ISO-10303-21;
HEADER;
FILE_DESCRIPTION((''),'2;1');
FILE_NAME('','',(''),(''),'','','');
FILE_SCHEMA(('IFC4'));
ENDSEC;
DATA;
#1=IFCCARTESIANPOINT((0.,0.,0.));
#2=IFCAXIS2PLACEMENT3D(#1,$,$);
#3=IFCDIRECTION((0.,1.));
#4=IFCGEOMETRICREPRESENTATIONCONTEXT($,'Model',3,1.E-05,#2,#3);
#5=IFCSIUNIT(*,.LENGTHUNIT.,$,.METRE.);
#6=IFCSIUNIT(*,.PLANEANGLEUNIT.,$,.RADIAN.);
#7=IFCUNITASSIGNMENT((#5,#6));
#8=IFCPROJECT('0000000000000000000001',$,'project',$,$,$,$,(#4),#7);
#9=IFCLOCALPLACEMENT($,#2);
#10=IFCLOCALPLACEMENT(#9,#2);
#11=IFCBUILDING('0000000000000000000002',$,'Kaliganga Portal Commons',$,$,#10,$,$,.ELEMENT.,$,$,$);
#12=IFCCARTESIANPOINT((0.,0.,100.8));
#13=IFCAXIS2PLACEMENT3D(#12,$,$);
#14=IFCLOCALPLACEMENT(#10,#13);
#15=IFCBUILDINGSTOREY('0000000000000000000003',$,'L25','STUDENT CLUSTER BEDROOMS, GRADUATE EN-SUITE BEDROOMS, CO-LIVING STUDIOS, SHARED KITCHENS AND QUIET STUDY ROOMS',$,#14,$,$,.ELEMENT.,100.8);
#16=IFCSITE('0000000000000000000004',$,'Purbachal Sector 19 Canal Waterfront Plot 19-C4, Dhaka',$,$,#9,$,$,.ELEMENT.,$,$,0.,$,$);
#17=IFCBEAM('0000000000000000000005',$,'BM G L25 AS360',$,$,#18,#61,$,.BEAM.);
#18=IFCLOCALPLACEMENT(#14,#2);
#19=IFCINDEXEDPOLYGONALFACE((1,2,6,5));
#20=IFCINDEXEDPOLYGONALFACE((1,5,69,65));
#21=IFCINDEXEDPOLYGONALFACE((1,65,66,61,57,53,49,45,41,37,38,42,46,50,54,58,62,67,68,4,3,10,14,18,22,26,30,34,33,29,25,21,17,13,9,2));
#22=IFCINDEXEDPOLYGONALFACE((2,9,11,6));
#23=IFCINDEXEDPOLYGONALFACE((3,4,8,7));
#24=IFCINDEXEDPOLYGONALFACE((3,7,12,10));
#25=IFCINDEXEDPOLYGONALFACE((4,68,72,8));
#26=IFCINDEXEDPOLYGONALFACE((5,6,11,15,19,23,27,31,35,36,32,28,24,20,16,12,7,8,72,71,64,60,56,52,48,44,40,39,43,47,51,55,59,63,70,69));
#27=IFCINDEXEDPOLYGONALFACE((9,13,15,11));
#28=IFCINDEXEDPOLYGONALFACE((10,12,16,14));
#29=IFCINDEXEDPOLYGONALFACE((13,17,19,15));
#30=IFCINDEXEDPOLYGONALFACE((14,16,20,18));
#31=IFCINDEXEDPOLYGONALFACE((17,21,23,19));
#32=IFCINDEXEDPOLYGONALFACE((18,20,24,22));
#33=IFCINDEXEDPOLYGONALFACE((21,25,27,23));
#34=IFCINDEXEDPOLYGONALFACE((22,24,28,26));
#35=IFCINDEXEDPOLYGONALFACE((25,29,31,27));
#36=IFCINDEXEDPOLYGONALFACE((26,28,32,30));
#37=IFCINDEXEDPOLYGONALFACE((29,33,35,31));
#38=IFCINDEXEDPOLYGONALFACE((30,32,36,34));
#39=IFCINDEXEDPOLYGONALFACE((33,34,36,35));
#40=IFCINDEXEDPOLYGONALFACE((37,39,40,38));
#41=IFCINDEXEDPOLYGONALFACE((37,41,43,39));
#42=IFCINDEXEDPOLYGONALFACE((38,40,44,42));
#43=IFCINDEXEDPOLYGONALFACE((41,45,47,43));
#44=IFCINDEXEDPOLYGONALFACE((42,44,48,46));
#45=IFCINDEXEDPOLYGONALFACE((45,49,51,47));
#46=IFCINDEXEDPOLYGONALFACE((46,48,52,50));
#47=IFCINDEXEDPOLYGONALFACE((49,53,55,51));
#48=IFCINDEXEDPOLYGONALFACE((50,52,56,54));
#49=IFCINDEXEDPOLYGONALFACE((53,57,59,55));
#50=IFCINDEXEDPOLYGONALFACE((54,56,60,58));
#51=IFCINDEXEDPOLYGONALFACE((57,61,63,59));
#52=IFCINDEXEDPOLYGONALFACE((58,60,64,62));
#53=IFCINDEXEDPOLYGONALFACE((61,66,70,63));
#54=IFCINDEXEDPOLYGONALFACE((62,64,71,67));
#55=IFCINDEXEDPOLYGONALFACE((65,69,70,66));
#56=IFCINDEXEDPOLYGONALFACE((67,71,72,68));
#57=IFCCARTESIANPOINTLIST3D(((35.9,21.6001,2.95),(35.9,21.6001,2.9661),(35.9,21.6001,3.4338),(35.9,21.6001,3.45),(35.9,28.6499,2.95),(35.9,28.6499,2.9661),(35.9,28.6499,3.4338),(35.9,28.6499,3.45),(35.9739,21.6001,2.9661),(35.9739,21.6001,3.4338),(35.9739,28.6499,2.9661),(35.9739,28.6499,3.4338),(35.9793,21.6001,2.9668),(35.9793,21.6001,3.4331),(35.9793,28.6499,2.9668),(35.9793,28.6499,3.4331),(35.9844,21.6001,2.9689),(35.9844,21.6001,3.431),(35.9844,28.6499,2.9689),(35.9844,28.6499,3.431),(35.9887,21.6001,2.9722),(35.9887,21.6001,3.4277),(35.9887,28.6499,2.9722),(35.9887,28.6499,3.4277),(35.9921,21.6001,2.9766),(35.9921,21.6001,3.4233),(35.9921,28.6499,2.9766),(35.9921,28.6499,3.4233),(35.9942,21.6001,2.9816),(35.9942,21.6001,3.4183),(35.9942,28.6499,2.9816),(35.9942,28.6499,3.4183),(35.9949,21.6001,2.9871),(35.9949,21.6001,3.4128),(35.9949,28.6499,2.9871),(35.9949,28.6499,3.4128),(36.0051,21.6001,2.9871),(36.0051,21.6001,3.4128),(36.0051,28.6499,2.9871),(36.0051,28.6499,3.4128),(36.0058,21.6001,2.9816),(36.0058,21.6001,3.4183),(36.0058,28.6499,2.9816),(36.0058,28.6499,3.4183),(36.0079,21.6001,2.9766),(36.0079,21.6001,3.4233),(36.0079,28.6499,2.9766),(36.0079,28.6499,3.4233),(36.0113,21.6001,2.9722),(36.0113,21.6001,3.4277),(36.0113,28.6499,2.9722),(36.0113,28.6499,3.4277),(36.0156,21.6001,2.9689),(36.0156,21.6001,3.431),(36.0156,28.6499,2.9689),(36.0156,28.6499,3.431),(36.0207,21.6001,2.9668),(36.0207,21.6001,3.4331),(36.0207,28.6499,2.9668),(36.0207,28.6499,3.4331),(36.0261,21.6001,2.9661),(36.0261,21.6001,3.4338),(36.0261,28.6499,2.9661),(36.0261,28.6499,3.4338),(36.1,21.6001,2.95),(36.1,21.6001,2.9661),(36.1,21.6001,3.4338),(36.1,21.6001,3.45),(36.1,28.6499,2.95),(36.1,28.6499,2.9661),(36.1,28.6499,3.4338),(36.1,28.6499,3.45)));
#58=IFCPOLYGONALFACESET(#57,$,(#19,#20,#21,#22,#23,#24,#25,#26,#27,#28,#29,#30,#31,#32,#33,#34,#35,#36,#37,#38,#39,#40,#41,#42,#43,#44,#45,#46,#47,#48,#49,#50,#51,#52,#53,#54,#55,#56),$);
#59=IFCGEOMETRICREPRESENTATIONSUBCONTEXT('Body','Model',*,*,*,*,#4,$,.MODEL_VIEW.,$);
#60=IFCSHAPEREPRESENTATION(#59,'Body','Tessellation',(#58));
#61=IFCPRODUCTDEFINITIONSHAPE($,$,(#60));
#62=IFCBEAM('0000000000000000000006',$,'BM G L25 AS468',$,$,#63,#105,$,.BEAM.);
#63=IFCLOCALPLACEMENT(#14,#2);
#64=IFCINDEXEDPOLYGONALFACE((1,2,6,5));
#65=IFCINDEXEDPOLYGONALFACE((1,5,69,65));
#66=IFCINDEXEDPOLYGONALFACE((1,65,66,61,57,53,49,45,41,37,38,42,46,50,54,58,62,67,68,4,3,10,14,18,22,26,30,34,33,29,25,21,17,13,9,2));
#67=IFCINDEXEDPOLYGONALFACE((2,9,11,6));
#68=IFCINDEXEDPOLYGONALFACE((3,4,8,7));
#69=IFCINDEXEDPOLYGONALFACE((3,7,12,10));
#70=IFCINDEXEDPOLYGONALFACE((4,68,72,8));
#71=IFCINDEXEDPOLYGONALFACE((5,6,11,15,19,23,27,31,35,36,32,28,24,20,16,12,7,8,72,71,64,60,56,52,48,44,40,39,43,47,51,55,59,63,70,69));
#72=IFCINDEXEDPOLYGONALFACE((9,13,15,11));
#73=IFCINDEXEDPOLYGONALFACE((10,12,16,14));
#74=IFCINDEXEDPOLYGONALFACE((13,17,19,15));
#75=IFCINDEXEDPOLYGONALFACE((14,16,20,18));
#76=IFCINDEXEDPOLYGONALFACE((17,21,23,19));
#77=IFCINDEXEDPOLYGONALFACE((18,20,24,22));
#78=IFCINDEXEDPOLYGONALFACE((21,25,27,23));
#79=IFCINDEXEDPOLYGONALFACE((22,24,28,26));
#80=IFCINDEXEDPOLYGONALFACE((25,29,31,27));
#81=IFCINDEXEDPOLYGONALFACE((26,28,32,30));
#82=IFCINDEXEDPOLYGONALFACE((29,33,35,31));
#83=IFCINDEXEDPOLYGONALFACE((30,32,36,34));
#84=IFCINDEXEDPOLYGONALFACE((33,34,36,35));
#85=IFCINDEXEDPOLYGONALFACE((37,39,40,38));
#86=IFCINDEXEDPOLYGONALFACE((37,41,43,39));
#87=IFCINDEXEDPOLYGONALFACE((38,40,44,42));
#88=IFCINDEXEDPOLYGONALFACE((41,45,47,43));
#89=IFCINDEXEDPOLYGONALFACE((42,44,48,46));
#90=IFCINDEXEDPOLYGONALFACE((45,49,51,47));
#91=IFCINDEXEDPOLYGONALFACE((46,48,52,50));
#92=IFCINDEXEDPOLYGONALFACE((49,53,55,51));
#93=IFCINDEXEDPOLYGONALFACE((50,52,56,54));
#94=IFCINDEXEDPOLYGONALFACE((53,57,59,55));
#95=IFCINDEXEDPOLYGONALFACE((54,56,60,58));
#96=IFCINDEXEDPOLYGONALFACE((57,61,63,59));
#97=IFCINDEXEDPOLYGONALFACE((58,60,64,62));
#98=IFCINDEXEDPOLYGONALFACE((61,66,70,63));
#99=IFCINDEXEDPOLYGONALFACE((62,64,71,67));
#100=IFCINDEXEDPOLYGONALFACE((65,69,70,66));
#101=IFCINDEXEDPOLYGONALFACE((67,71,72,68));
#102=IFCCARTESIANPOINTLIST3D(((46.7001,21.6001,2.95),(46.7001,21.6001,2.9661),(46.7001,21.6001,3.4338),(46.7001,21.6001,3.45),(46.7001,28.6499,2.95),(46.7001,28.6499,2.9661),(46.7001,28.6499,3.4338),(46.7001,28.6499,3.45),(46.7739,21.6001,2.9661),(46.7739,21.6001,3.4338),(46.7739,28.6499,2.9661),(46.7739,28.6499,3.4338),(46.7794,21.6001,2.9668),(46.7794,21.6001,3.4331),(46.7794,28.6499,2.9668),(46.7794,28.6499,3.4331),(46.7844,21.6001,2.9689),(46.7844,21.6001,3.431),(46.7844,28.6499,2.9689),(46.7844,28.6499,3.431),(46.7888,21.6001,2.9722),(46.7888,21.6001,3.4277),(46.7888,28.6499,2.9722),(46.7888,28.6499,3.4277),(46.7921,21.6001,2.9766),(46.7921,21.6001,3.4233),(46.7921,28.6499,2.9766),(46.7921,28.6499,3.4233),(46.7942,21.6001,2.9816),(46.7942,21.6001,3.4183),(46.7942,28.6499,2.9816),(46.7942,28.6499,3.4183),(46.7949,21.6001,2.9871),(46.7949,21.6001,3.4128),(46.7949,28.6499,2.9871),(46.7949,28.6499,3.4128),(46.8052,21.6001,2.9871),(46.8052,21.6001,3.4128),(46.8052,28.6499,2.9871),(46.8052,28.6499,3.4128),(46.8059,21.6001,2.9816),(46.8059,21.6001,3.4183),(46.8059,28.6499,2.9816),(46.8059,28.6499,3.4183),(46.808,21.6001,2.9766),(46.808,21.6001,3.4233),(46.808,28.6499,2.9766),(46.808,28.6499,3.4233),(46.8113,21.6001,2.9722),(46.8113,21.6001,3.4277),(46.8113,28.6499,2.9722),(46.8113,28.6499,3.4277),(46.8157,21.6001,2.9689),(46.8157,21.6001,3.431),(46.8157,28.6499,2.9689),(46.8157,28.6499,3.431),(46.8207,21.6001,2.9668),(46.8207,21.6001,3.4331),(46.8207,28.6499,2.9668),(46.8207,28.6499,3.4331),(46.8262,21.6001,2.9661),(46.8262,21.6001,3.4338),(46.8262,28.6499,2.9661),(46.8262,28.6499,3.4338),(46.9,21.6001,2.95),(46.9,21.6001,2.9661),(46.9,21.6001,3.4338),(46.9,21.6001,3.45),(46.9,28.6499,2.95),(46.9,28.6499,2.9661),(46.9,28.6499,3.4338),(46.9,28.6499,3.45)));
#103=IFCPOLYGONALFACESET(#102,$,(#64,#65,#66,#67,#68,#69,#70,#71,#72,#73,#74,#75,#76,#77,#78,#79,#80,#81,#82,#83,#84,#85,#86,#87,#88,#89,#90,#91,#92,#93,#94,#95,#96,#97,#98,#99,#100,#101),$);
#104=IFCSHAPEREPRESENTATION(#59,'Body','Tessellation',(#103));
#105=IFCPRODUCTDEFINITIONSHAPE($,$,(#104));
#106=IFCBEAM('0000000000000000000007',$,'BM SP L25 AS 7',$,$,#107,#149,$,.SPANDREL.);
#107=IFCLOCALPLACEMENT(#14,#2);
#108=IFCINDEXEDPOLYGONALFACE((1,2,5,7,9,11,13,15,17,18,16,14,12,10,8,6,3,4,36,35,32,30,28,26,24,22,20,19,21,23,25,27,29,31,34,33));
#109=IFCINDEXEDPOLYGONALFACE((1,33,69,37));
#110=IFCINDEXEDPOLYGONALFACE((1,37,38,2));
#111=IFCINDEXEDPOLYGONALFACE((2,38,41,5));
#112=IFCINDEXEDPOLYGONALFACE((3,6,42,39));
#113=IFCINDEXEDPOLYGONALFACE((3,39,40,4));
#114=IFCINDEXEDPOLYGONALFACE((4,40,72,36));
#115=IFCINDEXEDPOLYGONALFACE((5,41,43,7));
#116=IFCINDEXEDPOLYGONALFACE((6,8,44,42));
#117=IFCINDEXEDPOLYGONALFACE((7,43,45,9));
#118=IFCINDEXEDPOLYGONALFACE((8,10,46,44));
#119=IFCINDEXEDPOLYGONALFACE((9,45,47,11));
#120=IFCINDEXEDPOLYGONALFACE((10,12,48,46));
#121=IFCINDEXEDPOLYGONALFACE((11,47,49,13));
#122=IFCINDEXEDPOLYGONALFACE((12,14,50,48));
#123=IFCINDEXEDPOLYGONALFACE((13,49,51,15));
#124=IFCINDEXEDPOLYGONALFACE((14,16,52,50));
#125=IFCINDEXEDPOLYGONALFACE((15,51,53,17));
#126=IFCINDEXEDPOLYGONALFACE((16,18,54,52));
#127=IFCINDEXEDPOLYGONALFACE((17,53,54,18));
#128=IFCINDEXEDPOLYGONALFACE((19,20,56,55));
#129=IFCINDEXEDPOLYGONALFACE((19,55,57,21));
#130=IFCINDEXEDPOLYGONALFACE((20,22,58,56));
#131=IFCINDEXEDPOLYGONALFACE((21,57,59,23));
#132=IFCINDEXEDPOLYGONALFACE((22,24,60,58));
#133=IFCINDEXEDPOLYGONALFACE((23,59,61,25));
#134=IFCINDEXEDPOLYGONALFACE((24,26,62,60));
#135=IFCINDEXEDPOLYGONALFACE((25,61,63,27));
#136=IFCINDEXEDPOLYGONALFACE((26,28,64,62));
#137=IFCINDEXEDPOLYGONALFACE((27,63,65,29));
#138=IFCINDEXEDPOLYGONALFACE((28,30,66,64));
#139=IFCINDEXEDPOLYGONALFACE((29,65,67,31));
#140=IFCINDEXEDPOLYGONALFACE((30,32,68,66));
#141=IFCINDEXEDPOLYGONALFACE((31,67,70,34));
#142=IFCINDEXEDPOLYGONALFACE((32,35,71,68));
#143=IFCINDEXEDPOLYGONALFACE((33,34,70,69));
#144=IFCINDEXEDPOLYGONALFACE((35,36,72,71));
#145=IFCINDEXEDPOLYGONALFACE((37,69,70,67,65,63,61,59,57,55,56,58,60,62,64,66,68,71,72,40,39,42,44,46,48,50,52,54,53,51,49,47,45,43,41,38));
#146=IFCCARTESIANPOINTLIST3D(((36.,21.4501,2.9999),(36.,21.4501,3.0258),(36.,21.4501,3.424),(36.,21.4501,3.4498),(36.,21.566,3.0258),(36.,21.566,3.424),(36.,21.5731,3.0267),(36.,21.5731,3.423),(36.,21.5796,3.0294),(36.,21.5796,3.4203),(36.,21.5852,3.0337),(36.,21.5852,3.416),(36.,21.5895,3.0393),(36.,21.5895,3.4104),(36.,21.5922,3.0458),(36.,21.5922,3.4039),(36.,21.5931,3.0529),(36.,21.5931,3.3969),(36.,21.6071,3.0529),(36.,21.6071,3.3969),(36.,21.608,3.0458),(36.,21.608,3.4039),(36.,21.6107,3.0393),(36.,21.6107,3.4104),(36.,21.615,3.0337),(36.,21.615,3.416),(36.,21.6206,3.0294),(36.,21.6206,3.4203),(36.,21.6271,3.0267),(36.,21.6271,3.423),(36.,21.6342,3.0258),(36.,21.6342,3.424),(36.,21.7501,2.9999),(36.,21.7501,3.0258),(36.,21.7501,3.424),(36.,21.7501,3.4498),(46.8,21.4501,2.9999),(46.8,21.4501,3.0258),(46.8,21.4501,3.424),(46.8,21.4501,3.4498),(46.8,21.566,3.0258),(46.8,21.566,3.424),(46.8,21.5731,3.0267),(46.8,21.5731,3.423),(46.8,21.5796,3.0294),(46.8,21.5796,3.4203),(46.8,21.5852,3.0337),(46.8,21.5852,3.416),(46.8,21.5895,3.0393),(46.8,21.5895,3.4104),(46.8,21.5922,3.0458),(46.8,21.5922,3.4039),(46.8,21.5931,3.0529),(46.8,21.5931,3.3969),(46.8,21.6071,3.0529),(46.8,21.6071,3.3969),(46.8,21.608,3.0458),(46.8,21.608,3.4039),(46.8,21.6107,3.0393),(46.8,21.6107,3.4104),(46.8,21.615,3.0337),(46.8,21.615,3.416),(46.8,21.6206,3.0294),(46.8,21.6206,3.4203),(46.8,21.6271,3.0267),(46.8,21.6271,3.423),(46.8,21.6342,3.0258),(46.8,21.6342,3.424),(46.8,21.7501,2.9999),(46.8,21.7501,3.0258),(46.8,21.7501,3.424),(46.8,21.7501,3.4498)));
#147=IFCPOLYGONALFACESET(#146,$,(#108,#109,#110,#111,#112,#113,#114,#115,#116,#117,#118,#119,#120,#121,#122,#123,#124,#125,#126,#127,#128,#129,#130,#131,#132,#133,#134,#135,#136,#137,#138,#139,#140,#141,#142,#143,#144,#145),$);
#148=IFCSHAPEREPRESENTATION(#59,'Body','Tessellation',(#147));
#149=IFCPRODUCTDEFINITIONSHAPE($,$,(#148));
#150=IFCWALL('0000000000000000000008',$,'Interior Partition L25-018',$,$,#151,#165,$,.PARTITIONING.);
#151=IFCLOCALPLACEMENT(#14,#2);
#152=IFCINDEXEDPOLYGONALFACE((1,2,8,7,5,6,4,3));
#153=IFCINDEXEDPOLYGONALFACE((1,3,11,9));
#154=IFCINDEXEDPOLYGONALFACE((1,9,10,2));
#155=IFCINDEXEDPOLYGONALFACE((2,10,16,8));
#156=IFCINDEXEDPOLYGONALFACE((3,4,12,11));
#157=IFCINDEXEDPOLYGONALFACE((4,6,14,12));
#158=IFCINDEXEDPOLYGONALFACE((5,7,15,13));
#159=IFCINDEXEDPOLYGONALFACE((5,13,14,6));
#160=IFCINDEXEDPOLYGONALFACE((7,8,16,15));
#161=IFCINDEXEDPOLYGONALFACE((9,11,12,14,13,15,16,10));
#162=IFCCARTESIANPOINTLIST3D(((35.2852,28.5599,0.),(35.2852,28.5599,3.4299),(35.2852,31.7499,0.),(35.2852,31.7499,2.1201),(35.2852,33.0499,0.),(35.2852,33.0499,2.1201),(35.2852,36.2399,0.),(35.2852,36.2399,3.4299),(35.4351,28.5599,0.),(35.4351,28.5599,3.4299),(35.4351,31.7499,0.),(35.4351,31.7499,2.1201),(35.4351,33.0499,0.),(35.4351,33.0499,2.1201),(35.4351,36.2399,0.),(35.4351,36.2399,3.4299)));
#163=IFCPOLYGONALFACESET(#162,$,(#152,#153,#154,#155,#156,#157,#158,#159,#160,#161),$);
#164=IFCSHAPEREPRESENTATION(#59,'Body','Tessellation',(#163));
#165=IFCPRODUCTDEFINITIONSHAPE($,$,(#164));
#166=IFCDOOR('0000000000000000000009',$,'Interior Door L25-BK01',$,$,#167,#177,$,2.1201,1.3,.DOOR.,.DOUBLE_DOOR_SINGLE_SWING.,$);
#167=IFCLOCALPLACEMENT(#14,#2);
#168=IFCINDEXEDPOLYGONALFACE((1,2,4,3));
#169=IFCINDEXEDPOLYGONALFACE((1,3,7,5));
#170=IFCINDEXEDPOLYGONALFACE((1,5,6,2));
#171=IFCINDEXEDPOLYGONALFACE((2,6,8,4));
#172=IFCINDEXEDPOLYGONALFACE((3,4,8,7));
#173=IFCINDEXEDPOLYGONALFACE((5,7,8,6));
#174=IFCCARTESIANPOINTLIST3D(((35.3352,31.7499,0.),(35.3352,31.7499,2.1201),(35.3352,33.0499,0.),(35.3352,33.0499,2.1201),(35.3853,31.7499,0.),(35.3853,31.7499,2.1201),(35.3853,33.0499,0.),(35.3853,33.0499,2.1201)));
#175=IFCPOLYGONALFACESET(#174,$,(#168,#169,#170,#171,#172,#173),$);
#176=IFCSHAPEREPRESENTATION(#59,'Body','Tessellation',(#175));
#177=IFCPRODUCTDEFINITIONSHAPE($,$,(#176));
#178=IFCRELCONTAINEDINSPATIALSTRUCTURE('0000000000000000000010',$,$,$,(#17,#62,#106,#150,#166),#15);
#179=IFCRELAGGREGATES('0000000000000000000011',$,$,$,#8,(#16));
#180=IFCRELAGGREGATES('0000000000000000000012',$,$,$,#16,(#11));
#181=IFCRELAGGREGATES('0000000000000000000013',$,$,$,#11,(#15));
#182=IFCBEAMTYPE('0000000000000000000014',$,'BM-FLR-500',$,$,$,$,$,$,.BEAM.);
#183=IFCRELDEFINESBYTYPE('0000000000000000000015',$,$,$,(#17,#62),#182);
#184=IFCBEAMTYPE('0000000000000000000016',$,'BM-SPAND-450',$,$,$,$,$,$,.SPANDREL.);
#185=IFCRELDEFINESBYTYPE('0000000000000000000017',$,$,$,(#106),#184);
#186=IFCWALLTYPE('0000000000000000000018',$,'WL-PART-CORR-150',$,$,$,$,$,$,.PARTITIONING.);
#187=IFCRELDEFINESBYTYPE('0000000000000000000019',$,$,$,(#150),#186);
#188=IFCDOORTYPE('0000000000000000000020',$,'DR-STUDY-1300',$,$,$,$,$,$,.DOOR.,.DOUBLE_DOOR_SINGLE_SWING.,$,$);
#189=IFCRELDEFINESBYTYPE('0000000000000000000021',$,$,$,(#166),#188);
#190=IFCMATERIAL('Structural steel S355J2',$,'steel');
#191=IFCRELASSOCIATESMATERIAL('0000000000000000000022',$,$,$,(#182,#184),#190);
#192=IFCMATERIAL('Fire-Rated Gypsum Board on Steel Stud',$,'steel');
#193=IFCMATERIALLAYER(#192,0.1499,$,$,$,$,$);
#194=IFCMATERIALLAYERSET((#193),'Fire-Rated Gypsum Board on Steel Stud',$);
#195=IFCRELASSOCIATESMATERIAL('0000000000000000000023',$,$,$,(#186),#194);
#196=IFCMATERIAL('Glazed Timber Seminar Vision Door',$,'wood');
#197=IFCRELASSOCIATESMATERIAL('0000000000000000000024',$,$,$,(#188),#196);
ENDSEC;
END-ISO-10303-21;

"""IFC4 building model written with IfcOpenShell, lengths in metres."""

from ifc_helpers import new_model, si_unit, direction, frame, frame_2d, origin, origin_2d, place, context, subcontext, project, spatial, rectangle, i_section, extrude, source, transform, mapped, material, layer, layer_set, material_profile, profile_set, type_object, element, fill, save


model = new_model("IFC4")

# Units and contexts
model_context = context("Model", 3, precision=1e-05, world=origin(), true_north=direction((0.0, 1.0)))
body_context = subcontext(model_context, "Body", "Model", "MODEL_VIEW")
ifc_project = project(units=[si_unit("LENGTHUNIT", "METRE"), si_unit("PLANEANGLEUNIT", "RADIAN")], contexts=[model_context])

# Site, building, storey
site_placement = place(None, origin())
site = spatial("IfcSite", under=ifc_project, at=site_placement, Name="Purbachal Sector 19 Canal Waterfront Plot 19-C4, Dhaka", CompositionType="ELEMENT", RefElevation=0.0)
building_placement = place(site_placement, origin())
building = spatial("IfcBuilding", under=site, at=building_placement, Name="Kaliganga Portal Commons", CompositionType="ELEMENT")
storey_placement = place(building_placement, frame((0.0, 0.0, 100.8)))
storey = spatial("IfcBuildingStorey", under=building, at=storey_placement, Name="L25", Description="STUDENT CLUSTER BEDROOMS, GRADUATE EN-SUITE BEDROOMS, CO-LIVING STUDIOS, SHARED KITCHENS AND QUIET STUDY ROOMS", CompositionType="ELEMENT", Elevation=100.8)

# Beams
ifc_material_1 = material(Name="Structural steel S355J2", Category="steel")
ifc_material_profile_1 = material_profile(ifc_material_1, i_section(OverallWidth=0.2, OverallDepth=0.5, WebThickness=0.0103, FlangeThickness=0.0161, FilletRadius=0.021, at=origin_2d()), Name="IPE 500")
ifc_profile_set_1 = profile_set([ifc_material_profile_1], Name="Structural steel S355J2 wide-flange")
beam_type_1 = type_object("IfcBeamType", Name="BM-FLR-500", PredefinedType="BEAM", material=ifc_profile_set_1)
shared_shape_1 = source(origin(), body_context, "Body", "SweptSolid", [
    extrude(i_section(OverallWidth=0.2, OverallDepth=0.5, WebThickness=0.0103, FlangeThickness=0.0161, FilletRadius=0.021, at=origin_2d()), origin(), (0.0, 0.0, 1.0), 7.0498),
])
for number, where, z_axis, x_axis, name in (
    (1, (36.0, 21.6001, 3.2), (0.0, 1.0, 0.0), (-1.0, 0.0, 0.0), "BM G L25 AS360"),
    (2, (46.8, 21.6001, 3.2), (0.0, 1.0, 0.0), (-1.0, 0.0, 0.0), "BM G L25 AS468"),
):
    element("IfcBeam", number, at=place(storey_placement, frame(where, z_axis=z_axis, x_axis=x_axis)), inside=storey, type_object=beam_type_1, Name=name, PredefinedType="BEAM", context=body_context, shape_type="MappedRepresentation", body=[
        mapped(shared_shape_1, transform((0.0, 0.0, 0.0), x_axis=(1.0, 0.0, 0.0), y_axis=(0.0, 1.0, 0.0), z_axis=(0.0, 0.0, 1.0), scale=1.0)),
    ])
ifc_material_profile_2 = material_profile(ifc_material_1, i_section(OverallWidth=0.3, OverallDepth=0.45, WebThickness=0.0139, FlangeThickness=0.0259, FilletRadius=0.0271, at=origin_2d()), Name="HE 450 B")
ifc_profile_set_2 = profile_set([ifc_material_profile_2], Name="Structural steel S355J2 wide-flange")
beam_type_2 = type_object("IfcBeamType", Name="BM-SPAND-450", PredefinedType="SPANDREL", material=ifc_profile_set_2)
shared_shape_2 = source(origin(), body_context, "Body", "SweptSolid", [
    extrude(i_section(OverallWidth=0.3, OverallDepth=0.45, WebThickness=0.0139, FlangeThickness=0.0259, FilletRadius=0.0271, at=origin_2d()), origin(), (0.0, 0.0, 1.0), 10.8),
])
beam_1_placement = place(storey_placement, frame((36.0, 21.6001, 3.2249), z_axis=(1.0, 0.0, 0.0), x_axis=(0.0, 1.0, 0.0)))
element("IfcBeam", 3, at=beam_1_placement, inside=storey, type_object=beam_type_2, Name="BM SP L25 AS 7", PredefinedType="SPANDREL", context=body_context, shape_type="MappedRepresentation", body=[
    mapped(shared_shape_2, transform((0.0, 0.0, 0.0), x_axis=(1.0, 0.0, 0.0), y_axis=(0.0, 1.0, 0.0), z_axis=(0.0, 0.0, 1.0), scale=1.0)),
])

# Wall, opening, door
ifc_material_2 = material(Name="Fire-Rated Gypsum Board on Steel Stud", Category="steel")
ifc_layer_1 = layer(ifc_material_2, 0.1499)
ifc_layer_set_1 = layer_set([ifc_layer_1], Name="Fire-Rated Gypsum Board on Steel Stud")
wall_type_1 = type_object("IfcWallType", Name="WL-PART-CORR-150", PredefinedType="PARTITIONING", material=ifc_layer_set_1)
wall_1_placement = place(storey_placement, frame((35.3601, 28.5601, 0.0), z_axis=(0.0, 0.0, 1.0), x_axis=(0.0, 1.0, 0.0)))
wall_1 = element("IfcWall", 4, at=wall_1_placement, inside=storey, type_object=wall_type_1, Name="Interior Partition L25-018", PredefinedType="PARTITIONING", context=body_context, shape_type="SweptSolid", body=[
    extrude(rectangle(XDim=7.6799, YDim=0.1499, at=frame_2d((3.8398, 0.0))), origin(), (0.0, 0.0, 1.0), 3.4299),
])
opening_1_placement = place(wall_1_placement, frame((3.1899, 0.0, 0.0)))
opening_1 = element("IfcOpeningElement", 5, at=opening_1_placement, cuts=wall_1, PredefinedType="OPENING", context=body_context, shape_type="SweptSolid", body=[
    extrude(rectangle(XDim=1.3, YDim=2.1201, at=frame_2d((0.6499, 1.0601))), frame((0.0, 0.085, 0.0), z_axis=(0.0, -1.0, 0.0), x_axis=(1.0, 0.0, 0.0)), (0.0, 0.0, 1.0), 0.1699),
])
ifc_material_3 = material(Name="Glazed Timber Seminar Vision Door", Category="wood")
door_type_1 = type_object("IfcDoorType", Name="DR-STUDY-1300", OperationType="DOUBLE_DOOR_SINGLE_SWING", PredefinedType="DOOR", material=ifc_material_3)
door_1_placement = place(opening_1_placement, origin())
door_1 = element("IfcDoor", 6, at=door_1_placement, inside=storey, type_object=door_type_1, Name="Interior Door L25-BK01", OperationType="DOUBLE_DOOR_SINGLE_SWING", OverallHeight=2.1201, OverallWidth=1.3, PredefinedType="DOOR", context=body_context, shape_type="SweptSolid", body=[
    extrude(rectangle(XDim=1.3, YDim=2.1201, at=frame_2d((0.6499, 1.0601))), frame((0.0, 0.0249, 0.0), z_axis=(0.0, -1.0, 0.0), x_axis=(1.0, 0.0, 0.0)), (0.0, 0.0, 1.0), 0.05),
])
fill(opening_1, door_1)

save(model, "model.ifc")
